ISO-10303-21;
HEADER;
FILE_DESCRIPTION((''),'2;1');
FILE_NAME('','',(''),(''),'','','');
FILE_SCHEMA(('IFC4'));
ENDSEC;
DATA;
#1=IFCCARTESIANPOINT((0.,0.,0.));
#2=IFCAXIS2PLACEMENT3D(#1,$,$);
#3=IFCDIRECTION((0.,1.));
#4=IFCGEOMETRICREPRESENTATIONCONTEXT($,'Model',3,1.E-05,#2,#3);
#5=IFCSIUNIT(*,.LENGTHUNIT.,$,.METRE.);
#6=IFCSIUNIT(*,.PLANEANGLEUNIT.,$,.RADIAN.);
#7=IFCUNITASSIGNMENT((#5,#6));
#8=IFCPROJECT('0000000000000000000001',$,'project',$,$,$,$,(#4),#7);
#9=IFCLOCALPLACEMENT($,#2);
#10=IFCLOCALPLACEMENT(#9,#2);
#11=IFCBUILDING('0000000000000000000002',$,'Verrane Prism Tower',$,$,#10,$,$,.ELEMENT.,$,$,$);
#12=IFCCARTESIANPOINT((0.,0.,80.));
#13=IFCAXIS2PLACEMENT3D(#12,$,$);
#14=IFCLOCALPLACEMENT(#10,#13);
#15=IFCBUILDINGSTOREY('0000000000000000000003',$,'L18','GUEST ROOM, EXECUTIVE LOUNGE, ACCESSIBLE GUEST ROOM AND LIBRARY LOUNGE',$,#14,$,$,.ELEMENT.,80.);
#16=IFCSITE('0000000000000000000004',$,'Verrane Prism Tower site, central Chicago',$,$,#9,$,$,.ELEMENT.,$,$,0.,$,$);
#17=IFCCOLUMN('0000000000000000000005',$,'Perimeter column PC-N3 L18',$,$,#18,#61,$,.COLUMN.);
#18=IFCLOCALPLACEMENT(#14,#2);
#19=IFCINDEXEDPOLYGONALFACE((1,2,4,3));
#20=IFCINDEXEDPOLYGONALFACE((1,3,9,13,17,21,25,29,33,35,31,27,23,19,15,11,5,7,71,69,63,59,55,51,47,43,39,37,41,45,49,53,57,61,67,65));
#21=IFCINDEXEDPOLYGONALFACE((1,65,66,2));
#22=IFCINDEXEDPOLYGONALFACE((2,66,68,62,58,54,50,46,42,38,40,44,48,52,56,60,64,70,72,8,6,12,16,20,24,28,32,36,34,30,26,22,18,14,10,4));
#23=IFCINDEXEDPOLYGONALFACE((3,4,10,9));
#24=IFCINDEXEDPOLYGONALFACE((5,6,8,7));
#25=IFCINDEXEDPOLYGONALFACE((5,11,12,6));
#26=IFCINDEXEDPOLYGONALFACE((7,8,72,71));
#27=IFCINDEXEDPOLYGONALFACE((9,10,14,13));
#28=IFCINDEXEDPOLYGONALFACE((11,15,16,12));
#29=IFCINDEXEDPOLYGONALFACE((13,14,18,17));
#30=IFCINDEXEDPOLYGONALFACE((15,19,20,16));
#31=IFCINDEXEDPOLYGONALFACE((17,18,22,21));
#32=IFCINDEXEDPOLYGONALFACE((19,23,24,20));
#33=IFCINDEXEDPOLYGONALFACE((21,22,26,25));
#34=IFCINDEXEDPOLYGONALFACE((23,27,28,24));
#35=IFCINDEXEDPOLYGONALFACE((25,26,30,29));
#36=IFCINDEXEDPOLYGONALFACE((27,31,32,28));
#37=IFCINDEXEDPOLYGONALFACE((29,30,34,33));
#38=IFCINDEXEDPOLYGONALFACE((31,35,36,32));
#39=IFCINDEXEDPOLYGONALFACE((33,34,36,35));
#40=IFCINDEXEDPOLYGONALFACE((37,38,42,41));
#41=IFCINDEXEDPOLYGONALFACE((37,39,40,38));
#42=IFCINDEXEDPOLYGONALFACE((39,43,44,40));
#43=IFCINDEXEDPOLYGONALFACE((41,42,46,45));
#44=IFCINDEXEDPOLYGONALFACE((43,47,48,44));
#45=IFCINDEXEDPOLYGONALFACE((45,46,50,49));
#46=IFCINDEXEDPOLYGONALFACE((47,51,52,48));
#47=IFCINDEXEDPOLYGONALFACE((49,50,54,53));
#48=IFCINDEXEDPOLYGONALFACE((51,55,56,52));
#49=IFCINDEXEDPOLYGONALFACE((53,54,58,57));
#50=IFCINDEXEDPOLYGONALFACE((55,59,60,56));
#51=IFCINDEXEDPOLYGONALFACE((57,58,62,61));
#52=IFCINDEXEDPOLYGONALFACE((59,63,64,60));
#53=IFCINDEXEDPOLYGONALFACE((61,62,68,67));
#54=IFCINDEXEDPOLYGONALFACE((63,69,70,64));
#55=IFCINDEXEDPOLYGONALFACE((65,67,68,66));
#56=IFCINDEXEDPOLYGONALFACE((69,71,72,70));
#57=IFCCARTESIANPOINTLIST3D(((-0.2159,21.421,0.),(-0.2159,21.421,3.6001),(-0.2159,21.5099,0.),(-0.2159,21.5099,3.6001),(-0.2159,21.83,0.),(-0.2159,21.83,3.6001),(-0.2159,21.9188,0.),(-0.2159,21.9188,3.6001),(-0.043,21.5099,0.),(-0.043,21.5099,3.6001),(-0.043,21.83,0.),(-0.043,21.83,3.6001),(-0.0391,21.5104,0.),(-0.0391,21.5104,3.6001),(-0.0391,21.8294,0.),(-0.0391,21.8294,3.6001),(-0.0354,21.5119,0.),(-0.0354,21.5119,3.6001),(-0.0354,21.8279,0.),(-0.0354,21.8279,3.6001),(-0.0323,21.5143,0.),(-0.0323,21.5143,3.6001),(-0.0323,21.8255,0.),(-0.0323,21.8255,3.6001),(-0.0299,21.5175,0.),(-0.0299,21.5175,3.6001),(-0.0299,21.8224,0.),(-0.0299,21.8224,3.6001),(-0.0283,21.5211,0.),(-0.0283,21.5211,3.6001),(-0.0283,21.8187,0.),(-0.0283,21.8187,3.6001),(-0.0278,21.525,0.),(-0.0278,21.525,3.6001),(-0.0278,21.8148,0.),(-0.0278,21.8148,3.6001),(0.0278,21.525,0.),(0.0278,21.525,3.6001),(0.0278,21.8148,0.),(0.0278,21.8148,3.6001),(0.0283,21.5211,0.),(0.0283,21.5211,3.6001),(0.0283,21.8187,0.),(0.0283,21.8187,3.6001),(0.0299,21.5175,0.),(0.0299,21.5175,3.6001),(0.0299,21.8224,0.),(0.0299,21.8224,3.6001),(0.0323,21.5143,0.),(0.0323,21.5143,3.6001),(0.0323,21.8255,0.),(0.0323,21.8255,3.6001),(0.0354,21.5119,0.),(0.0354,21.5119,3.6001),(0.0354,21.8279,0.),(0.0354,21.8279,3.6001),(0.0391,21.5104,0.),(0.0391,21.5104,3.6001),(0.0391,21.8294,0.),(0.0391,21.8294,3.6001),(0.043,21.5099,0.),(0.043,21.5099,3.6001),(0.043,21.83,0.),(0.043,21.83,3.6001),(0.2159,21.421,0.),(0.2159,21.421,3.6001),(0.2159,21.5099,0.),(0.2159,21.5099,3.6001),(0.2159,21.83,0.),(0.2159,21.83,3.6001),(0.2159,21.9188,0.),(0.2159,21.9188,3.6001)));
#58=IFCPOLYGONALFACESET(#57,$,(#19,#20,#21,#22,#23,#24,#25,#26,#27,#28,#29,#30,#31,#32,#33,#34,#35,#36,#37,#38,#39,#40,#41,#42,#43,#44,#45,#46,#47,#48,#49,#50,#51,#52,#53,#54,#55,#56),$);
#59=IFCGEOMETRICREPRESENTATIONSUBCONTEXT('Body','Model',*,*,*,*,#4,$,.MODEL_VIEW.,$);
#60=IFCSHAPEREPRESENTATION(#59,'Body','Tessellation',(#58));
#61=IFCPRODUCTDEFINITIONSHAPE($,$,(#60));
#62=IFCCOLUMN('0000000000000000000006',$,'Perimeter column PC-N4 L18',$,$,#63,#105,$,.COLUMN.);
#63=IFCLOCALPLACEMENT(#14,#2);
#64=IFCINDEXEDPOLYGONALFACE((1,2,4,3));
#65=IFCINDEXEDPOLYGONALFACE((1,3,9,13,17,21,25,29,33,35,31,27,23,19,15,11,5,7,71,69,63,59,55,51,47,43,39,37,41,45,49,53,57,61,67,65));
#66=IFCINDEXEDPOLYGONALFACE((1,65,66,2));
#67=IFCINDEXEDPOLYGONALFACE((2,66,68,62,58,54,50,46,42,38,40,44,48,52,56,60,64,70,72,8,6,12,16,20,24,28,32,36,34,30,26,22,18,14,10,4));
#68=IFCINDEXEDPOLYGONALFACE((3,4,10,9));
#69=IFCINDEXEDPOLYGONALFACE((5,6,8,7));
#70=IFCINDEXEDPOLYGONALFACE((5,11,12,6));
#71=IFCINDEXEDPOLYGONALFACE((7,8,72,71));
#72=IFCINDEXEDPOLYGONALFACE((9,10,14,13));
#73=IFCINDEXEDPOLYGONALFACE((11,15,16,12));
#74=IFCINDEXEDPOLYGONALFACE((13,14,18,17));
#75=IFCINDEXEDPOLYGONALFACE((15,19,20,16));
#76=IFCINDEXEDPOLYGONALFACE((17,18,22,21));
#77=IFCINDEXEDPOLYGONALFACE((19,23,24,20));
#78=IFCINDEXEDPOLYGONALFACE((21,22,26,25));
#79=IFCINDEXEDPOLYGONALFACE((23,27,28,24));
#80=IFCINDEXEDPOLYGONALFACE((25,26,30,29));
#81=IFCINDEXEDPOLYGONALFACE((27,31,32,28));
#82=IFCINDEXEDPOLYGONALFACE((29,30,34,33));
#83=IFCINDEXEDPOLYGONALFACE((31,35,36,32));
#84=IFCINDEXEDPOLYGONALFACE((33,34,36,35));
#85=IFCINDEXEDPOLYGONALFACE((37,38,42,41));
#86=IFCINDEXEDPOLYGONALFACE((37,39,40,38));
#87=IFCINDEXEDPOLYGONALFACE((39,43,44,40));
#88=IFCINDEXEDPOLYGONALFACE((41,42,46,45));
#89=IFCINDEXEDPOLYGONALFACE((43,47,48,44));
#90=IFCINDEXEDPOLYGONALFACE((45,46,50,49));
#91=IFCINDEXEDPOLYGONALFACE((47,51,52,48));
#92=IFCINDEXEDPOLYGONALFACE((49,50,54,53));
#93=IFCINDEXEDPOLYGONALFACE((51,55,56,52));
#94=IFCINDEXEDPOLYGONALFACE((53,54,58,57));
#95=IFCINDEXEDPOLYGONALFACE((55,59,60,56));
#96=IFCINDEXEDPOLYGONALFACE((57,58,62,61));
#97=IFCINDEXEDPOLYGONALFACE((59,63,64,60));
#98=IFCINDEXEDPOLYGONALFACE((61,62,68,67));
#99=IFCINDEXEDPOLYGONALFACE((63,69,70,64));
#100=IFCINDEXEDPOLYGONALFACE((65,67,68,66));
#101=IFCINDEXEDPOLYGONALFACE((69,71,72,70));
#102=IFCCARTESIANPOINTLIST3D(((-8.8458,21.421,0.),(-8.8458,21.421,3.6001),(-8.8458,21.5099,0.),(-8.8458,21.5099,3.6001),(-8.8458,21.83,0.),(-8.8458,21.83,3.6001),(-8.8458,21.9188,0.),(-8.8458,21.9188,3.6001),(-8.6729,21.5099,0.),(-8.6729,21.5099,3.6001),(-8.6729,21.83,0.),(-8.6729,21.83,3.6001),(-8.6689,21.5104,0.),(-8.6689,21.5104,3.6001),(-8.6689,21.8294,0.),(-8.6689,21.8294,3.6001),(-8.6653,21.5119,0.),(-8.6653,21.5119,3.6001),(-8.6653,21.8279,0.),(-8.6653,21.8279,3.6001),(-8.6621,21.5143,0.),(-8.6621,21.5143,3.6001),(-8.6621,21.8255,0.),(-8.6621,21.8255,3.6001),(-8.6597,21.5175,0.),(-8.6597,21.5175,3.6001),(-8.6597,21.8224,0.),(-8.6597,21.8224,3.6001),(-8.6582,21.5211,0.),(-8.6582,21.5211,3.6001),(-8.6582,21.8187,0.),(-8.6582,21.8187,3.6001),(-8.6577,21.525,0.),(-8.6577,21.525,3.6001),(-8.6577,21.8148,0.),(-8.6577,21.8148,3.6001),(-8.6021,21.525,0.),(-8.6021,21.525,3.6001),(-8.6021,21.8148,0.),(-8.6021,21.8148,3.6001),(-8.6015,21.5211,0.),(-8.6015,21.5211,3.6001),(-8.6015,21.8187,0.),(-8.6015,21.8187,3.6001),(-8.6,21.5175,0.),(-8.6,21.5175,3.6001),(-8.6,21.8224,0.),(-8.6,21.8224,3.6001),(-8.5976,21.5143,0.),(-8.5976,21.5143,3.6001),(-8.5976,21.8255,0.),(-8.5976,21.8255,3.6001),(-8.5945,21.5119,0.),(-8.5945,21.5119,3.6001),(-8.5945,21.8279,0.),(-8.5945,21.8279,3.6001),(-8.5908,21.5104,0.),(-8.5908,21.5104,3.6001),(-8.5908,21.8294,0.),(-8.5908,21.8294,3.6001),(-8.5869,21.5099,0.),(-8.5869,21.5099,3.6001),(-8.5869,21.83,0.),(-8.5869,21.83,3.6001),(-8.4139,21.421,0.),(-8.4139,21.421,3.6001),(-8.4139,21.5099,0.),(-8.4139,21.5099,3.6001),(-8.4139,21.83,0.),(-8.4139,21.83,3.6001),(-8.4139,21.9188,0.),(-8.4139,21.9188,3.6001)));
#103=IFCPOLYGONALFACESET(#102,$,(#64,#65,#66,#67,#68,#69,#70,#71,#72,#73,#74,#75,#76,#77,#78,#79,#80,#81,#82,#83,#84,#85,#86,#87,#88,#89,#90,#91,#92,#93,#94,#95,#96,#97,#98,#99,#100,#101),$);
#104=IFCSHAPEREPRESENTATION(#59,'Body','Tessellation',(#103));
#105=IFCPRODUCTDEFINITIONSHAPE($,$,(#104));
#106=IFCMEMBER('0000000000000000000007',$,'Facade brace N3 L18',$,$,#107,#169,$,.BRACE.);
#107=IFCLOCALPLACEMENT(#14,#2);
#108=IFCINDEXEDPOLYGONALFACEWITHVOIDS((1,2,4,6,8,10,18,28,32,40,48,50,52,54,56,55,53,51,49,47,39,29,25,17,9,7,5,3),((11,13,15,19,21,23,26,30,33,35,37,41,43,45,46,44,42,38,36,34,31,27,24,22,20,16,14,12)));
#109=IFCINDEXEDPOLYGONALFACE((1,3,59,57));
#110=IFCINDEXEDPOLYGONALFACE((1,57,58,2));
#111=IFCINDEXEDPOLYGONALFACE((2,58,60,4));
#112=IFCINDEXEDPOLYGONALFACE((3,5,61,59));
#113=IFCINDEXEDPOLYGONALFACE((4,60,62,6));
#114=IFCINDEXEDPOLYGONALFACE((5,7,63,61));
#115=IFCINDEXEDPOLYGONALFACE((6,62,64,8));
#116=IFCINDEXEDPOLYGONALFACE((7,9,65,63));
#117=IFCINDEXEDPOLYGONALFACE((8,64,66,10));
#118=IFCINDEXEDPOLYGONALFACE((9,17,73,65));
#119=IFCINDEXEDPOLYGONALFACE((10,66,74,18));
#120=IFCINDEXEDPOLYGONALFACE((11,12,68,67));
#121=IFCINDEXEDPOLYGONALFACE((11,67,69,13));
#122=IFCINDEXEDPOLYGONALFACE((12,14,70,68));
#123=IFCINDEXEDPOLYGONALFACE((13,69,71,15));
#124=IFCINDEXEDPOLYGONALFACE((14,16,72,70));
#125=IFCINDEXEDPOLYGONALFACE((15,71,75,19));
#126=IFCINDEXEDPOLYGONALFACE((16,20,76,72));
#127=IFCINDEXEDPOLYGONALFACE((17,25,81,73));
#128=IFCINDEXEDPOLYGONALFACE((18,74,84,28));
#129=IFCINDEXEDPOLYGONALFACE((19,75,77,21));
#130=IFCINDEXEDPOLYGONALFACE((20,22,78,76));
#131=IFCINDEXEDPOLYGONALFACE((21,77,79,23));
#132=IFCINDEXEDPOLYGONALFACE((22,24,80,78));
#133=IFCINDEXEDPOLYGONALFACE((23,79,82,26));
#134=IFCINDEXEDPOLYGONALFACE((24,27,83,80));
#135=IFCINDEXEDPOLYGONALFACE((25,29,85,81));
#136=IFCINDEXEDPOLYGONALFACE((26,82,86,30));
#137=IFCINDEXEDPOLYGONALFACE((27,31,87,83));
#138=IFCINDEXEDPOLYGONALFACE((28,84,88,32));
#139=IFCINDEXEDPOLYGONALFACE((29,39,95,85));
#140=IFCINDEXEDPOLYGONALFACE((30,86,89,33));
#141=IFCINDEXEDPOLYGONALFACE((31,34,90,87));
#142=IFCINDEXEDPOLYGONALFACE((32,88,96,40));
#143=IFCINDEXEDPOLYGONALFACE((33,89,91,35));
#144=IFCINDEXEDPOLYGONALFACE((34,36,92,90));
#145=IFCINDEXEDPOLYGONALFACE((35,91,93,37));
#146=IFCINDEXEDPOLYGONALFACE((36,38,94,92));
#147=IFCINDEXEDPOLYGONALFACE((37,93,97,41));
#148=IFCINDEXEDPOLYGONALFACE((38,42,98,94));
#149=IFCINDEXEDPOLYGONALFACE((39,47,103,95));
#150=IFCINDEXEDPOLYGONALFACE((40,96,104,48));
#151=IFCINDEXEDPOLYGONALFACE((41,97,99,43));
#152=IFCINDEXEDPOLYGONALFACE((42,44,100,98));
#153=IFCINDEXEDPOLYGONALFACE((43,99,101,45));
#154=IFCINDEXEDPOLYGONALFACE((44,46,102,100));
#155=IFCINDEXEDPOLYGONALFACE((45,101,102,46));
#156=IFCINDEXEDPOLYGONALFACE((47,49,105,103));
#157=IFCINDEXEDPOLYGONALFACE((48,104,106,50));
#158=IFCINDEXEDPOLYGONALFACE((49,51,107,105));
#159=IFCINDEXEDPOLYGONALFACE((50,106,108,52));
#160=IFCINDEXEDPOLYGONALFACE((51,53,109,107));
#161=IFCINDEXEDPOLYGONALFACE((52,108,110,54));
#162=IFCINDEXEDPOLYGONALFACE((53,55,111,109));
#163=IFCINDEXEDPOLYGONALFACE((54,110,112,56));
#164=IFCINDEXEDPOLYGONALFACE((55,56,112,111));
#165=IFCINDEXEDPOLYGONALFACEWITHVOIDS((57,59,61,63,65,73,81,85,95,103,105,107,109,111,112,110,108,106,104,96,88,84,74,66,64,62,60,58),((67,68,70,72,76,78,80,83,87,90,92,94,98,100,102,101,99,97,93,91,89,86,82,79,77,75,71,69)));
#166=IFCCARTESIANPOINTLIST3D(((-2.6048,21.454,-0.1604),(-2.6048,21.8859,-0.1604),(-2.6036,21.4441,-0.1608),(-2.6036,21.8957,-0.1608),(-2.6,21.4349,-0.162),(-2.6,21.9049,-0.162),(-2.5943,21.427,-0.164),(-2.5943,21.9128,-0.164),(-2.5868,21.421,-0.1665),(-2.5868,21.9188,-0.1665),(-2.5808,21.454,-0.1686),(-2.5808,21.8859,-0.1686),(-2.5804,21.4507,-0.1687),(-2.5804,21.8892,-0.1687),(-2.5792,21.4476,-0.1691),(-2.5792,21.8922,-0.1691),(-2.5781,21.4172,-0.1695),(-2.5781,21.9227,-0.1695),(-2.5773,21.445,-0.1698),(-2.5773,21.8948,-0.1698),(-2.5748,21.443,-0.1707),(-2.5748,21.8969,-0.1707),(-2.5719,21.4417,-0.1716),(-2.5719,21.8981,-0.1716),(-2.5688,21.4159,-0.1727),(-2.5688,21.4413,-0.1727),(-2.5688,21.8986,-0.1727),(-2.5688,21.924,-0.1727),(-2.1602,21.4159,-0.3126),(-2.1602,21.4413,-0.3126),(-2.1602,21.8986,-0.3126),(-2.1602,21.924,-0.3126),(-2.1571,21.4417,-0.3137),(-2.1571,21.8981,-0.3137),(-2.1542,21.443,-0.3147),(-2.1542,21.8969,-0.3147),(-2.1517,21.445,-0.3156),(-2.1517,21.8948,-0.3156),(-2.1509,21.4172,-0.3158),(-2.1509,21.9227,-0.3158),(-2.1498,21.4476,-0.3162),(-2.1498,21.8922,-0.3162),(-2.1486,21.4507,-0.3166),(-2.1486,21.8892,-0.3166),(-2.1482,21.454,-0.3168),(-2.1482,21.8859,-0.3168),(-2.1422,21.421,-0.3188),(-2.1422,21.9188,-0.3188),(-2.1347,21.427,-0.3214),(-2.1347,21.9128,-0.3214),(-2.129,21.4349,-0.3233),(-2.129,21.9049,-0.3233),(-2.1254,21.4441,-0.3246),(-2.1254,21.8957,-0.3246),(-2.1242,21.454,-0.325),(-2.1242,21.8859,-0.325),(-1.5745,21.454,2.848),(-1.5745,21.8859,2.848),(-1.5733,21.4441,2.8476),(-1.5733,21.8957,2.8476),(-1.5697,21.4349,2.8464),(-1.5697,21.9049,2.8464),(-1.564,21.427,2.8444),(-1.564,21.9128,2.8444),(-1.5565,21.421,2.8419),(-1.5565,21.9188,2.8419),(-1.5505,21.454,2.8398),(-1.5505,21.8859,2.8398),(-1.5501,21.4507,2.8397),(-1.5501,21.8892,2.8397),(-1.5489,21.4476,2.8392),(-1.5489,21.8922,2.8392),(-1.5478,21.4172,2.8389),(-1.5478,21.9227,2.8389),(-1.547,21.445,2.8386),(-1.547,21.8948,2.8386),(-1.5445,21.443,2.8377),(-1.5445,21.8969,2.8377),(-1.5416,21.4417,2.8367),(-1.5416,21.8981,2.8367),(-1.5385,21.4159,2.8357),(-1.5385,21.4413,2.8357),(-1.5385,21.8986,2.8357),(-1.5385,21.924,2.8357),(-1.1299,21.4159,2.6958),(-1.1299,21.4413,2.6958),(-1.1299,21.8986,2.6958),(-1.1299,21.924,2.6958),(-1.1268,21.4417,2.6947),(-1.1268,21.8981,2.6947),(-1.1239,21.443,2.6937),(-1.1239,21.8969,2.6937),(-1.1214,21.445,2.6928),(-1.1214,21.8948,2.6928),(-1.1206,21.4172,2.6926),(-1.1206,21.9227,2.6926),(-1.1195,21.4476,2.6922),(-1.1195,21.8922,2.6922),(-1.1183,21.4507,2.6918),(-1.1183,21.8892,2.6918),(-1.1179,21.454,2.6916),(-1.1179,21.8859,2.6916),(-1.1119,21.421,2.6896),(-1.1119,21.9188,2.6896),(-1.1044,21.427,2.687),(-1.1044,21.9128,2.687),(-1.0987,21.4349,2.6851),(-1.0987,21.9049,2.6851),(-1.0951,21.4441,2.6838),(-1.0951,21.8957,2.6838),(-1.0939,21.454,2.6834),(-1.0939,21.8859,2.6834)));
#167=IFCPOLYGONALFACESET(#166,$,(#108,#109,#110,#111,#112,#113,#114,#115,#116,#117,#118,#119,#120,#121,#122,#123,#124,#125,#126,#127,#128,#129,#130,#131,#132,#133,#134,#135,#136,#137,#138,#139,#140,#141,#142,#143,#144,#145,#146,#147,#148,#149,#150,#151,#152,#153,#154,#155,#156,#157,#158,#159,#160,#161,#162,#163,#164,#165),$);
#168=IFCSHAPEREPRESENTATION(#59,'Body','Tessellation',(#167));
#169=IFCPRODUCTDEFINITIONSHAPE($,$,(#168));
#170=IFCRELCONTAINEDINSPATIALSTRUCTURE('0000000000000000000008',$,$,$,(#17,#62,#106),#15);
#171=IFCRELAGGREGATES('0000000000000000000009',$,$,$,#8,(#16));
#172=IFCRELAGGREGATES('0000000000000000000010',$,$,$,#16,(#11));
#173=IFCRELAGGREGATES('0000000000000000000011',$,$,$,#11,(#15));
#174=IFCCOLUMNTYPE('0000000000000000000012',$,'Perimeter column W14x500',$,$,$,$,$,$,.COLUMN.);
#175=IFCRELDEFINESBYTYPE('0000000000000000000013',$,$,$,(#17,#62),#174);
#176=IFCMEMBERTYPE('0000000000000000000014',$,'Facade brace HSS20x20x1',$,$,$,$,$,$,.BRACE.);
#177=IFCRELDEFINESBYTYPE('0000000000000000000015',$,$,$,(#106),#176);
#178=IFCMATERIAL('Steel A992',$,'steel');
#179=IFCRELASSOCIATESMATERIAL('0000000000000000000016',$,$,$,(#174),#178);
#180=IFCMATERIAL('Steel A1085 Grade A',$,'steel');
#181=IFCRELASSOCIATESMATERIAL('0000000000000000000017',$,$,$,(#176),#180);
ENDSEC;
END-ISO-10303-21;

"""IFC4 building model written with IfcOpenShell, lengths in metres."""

from ifc_helpers import new_model, si_unit, direction, frame, origin, origin_2d, place, context, subcontext, project, spatial, hollow_rectangle, i_section, extrude, material, material_profile, profile_set, type_object, element, save


model = new_model("IFC4")

# Units and contexts
model_context = context("Model", 3, precision=1e-05, world=origin(), true_north=direction((0.0, 1.0)))
body_context = subcontext(model_context, "Body", "Model", "MODEL_VIEW")
ifc_project = project(units=[si_unit("LENGTHUNIT", "METRE"), si_unit("PLANEANGLEUNIT", "RADIAN")], contexts=[model_context])

# Site, building, storey
site_placement = place(None, origin())
site = spatial("IfcSite", under=ifc_project, at=site_placement, Name="Verrane Prism Tower site, central Chicago", CompositionType="ELEMENT", RefElevation=0.0)
building_placement = place(site_placement, origin())
building = spatial("IfcBuilding", under=site, at=building_placement, Name="Verrane Prism Tower", CompositionType="ELEMENT")
storey_placement = place(building_placement, frame((0.0, 0.0, 80.0)))
storey = spatial("IfcBuildingStorey", under=building, at=storey_placement, Name="L18", Description="GUEST ROOM, EXECUTIVE LOUNGE, ACCESSIBLE GUEST ROOM AND LIBRARY LOUNGE", CompositionType="ELEMENT", Elevation=80.0)

# Columns
ifc_material_1 = material(Name="Steel A992", Category="steel")
ifc_material_profile_1 = material_profile(ifc_material_1, i_section(OverallWidth=0.4319, OverallDepth=0.4978, WebThickness=0.0557, FlangeThickness=0.0889, FilletRadius=0.0151, at=origin_2d()), Name="W14x500")
ifc_profile_set_1 = profile_set([ifc_material_profile_1], Name="Steel A992")
column_type = type_object("IfcColumnType", Name="Perimeter column W14x500", PredefinedType="COLUMN", material=ifc_profile_set_1)
for number, where, z_axis, x_axis, name in (
    (1, (0.0, 21.6699, 0.0), (0.0, 0.0, 1.0), (1.0, 0.0, 0.0), "Perimeter column PC-N3 L18"),
    (2, (-8.6299, 21.6699, 0.0), (0.0, 0.0, 1.0), (1.0, 0.0, 0.0), "Perimeter column PC-N4 L18"),
):
    element("IfcColumn", number, at=place(storey_placement, frame(where, z_axis=z_axis, x_axis=x_axis)), inside=storey, type_object=column_type, Name=name, PredefinedType="COLUMN", context=body_context, shape_type="SweptSolid", body=[
        extrude(i_section(OverallWidth=0.4319, OverallDepth=0.4978, WebThickness=0.0557, FlangeThickness=0.0889, FilletRadius=0.0151, at=origin_2d()), origin(), (0.0, 0.0, 1.0), 3.6001),
    ])

# Member
ifc_material_2 = material(Name="Steel A1085 Grade A", Category="steel")
ifc_material_profile_2 = material_profile(ifc_material_2, hollow_rectangle(XDim=0.5081, YDim=0.5081, WallThickness=0.0254, InnerFilletRadius=0.0127, OuterFilletRadius=0.0381, at=origin_2d()), Name="HSS20x20x1")
ifc_profile_set_2 = profile_set([ifc_material_profile_2], Name="Steel A1085 Grade A")
member_type_1 = type_object("IfcMemberType", Name="Facade brace HSS20x20x1", PredefinedType="BRACE", material=ifc_profile_set_2)
for number, where, z_axis, x_axis, name in (
    (3, (-2.3645, 21.6699, -0.2427), (0.324002, 0.0, 0.946056), (0.0, 1.0, 0.0), "Facade brace N3 L18"),
):
    element("IfcMember", number, at=place(storey_placement, frame(where, z_axis=z_axis, x_axis=x_axis)), inside=storey, type_object=member_type_1, Name=name, PredefinedType="BRACE", context=body_context, shape_type="SweptSolid", body=[
        extrude(hollow_rectangle(XDim=0.5081, YDim=0.5081, WallThickness=0.0254, InnerFilletRadius=0.0127, OuterFilletRadius=0.0381, at=origin_2d()), origin(), (0.0, 0.0, 1.0), 3.1799),
    ])

save(model, "model.ifc")
